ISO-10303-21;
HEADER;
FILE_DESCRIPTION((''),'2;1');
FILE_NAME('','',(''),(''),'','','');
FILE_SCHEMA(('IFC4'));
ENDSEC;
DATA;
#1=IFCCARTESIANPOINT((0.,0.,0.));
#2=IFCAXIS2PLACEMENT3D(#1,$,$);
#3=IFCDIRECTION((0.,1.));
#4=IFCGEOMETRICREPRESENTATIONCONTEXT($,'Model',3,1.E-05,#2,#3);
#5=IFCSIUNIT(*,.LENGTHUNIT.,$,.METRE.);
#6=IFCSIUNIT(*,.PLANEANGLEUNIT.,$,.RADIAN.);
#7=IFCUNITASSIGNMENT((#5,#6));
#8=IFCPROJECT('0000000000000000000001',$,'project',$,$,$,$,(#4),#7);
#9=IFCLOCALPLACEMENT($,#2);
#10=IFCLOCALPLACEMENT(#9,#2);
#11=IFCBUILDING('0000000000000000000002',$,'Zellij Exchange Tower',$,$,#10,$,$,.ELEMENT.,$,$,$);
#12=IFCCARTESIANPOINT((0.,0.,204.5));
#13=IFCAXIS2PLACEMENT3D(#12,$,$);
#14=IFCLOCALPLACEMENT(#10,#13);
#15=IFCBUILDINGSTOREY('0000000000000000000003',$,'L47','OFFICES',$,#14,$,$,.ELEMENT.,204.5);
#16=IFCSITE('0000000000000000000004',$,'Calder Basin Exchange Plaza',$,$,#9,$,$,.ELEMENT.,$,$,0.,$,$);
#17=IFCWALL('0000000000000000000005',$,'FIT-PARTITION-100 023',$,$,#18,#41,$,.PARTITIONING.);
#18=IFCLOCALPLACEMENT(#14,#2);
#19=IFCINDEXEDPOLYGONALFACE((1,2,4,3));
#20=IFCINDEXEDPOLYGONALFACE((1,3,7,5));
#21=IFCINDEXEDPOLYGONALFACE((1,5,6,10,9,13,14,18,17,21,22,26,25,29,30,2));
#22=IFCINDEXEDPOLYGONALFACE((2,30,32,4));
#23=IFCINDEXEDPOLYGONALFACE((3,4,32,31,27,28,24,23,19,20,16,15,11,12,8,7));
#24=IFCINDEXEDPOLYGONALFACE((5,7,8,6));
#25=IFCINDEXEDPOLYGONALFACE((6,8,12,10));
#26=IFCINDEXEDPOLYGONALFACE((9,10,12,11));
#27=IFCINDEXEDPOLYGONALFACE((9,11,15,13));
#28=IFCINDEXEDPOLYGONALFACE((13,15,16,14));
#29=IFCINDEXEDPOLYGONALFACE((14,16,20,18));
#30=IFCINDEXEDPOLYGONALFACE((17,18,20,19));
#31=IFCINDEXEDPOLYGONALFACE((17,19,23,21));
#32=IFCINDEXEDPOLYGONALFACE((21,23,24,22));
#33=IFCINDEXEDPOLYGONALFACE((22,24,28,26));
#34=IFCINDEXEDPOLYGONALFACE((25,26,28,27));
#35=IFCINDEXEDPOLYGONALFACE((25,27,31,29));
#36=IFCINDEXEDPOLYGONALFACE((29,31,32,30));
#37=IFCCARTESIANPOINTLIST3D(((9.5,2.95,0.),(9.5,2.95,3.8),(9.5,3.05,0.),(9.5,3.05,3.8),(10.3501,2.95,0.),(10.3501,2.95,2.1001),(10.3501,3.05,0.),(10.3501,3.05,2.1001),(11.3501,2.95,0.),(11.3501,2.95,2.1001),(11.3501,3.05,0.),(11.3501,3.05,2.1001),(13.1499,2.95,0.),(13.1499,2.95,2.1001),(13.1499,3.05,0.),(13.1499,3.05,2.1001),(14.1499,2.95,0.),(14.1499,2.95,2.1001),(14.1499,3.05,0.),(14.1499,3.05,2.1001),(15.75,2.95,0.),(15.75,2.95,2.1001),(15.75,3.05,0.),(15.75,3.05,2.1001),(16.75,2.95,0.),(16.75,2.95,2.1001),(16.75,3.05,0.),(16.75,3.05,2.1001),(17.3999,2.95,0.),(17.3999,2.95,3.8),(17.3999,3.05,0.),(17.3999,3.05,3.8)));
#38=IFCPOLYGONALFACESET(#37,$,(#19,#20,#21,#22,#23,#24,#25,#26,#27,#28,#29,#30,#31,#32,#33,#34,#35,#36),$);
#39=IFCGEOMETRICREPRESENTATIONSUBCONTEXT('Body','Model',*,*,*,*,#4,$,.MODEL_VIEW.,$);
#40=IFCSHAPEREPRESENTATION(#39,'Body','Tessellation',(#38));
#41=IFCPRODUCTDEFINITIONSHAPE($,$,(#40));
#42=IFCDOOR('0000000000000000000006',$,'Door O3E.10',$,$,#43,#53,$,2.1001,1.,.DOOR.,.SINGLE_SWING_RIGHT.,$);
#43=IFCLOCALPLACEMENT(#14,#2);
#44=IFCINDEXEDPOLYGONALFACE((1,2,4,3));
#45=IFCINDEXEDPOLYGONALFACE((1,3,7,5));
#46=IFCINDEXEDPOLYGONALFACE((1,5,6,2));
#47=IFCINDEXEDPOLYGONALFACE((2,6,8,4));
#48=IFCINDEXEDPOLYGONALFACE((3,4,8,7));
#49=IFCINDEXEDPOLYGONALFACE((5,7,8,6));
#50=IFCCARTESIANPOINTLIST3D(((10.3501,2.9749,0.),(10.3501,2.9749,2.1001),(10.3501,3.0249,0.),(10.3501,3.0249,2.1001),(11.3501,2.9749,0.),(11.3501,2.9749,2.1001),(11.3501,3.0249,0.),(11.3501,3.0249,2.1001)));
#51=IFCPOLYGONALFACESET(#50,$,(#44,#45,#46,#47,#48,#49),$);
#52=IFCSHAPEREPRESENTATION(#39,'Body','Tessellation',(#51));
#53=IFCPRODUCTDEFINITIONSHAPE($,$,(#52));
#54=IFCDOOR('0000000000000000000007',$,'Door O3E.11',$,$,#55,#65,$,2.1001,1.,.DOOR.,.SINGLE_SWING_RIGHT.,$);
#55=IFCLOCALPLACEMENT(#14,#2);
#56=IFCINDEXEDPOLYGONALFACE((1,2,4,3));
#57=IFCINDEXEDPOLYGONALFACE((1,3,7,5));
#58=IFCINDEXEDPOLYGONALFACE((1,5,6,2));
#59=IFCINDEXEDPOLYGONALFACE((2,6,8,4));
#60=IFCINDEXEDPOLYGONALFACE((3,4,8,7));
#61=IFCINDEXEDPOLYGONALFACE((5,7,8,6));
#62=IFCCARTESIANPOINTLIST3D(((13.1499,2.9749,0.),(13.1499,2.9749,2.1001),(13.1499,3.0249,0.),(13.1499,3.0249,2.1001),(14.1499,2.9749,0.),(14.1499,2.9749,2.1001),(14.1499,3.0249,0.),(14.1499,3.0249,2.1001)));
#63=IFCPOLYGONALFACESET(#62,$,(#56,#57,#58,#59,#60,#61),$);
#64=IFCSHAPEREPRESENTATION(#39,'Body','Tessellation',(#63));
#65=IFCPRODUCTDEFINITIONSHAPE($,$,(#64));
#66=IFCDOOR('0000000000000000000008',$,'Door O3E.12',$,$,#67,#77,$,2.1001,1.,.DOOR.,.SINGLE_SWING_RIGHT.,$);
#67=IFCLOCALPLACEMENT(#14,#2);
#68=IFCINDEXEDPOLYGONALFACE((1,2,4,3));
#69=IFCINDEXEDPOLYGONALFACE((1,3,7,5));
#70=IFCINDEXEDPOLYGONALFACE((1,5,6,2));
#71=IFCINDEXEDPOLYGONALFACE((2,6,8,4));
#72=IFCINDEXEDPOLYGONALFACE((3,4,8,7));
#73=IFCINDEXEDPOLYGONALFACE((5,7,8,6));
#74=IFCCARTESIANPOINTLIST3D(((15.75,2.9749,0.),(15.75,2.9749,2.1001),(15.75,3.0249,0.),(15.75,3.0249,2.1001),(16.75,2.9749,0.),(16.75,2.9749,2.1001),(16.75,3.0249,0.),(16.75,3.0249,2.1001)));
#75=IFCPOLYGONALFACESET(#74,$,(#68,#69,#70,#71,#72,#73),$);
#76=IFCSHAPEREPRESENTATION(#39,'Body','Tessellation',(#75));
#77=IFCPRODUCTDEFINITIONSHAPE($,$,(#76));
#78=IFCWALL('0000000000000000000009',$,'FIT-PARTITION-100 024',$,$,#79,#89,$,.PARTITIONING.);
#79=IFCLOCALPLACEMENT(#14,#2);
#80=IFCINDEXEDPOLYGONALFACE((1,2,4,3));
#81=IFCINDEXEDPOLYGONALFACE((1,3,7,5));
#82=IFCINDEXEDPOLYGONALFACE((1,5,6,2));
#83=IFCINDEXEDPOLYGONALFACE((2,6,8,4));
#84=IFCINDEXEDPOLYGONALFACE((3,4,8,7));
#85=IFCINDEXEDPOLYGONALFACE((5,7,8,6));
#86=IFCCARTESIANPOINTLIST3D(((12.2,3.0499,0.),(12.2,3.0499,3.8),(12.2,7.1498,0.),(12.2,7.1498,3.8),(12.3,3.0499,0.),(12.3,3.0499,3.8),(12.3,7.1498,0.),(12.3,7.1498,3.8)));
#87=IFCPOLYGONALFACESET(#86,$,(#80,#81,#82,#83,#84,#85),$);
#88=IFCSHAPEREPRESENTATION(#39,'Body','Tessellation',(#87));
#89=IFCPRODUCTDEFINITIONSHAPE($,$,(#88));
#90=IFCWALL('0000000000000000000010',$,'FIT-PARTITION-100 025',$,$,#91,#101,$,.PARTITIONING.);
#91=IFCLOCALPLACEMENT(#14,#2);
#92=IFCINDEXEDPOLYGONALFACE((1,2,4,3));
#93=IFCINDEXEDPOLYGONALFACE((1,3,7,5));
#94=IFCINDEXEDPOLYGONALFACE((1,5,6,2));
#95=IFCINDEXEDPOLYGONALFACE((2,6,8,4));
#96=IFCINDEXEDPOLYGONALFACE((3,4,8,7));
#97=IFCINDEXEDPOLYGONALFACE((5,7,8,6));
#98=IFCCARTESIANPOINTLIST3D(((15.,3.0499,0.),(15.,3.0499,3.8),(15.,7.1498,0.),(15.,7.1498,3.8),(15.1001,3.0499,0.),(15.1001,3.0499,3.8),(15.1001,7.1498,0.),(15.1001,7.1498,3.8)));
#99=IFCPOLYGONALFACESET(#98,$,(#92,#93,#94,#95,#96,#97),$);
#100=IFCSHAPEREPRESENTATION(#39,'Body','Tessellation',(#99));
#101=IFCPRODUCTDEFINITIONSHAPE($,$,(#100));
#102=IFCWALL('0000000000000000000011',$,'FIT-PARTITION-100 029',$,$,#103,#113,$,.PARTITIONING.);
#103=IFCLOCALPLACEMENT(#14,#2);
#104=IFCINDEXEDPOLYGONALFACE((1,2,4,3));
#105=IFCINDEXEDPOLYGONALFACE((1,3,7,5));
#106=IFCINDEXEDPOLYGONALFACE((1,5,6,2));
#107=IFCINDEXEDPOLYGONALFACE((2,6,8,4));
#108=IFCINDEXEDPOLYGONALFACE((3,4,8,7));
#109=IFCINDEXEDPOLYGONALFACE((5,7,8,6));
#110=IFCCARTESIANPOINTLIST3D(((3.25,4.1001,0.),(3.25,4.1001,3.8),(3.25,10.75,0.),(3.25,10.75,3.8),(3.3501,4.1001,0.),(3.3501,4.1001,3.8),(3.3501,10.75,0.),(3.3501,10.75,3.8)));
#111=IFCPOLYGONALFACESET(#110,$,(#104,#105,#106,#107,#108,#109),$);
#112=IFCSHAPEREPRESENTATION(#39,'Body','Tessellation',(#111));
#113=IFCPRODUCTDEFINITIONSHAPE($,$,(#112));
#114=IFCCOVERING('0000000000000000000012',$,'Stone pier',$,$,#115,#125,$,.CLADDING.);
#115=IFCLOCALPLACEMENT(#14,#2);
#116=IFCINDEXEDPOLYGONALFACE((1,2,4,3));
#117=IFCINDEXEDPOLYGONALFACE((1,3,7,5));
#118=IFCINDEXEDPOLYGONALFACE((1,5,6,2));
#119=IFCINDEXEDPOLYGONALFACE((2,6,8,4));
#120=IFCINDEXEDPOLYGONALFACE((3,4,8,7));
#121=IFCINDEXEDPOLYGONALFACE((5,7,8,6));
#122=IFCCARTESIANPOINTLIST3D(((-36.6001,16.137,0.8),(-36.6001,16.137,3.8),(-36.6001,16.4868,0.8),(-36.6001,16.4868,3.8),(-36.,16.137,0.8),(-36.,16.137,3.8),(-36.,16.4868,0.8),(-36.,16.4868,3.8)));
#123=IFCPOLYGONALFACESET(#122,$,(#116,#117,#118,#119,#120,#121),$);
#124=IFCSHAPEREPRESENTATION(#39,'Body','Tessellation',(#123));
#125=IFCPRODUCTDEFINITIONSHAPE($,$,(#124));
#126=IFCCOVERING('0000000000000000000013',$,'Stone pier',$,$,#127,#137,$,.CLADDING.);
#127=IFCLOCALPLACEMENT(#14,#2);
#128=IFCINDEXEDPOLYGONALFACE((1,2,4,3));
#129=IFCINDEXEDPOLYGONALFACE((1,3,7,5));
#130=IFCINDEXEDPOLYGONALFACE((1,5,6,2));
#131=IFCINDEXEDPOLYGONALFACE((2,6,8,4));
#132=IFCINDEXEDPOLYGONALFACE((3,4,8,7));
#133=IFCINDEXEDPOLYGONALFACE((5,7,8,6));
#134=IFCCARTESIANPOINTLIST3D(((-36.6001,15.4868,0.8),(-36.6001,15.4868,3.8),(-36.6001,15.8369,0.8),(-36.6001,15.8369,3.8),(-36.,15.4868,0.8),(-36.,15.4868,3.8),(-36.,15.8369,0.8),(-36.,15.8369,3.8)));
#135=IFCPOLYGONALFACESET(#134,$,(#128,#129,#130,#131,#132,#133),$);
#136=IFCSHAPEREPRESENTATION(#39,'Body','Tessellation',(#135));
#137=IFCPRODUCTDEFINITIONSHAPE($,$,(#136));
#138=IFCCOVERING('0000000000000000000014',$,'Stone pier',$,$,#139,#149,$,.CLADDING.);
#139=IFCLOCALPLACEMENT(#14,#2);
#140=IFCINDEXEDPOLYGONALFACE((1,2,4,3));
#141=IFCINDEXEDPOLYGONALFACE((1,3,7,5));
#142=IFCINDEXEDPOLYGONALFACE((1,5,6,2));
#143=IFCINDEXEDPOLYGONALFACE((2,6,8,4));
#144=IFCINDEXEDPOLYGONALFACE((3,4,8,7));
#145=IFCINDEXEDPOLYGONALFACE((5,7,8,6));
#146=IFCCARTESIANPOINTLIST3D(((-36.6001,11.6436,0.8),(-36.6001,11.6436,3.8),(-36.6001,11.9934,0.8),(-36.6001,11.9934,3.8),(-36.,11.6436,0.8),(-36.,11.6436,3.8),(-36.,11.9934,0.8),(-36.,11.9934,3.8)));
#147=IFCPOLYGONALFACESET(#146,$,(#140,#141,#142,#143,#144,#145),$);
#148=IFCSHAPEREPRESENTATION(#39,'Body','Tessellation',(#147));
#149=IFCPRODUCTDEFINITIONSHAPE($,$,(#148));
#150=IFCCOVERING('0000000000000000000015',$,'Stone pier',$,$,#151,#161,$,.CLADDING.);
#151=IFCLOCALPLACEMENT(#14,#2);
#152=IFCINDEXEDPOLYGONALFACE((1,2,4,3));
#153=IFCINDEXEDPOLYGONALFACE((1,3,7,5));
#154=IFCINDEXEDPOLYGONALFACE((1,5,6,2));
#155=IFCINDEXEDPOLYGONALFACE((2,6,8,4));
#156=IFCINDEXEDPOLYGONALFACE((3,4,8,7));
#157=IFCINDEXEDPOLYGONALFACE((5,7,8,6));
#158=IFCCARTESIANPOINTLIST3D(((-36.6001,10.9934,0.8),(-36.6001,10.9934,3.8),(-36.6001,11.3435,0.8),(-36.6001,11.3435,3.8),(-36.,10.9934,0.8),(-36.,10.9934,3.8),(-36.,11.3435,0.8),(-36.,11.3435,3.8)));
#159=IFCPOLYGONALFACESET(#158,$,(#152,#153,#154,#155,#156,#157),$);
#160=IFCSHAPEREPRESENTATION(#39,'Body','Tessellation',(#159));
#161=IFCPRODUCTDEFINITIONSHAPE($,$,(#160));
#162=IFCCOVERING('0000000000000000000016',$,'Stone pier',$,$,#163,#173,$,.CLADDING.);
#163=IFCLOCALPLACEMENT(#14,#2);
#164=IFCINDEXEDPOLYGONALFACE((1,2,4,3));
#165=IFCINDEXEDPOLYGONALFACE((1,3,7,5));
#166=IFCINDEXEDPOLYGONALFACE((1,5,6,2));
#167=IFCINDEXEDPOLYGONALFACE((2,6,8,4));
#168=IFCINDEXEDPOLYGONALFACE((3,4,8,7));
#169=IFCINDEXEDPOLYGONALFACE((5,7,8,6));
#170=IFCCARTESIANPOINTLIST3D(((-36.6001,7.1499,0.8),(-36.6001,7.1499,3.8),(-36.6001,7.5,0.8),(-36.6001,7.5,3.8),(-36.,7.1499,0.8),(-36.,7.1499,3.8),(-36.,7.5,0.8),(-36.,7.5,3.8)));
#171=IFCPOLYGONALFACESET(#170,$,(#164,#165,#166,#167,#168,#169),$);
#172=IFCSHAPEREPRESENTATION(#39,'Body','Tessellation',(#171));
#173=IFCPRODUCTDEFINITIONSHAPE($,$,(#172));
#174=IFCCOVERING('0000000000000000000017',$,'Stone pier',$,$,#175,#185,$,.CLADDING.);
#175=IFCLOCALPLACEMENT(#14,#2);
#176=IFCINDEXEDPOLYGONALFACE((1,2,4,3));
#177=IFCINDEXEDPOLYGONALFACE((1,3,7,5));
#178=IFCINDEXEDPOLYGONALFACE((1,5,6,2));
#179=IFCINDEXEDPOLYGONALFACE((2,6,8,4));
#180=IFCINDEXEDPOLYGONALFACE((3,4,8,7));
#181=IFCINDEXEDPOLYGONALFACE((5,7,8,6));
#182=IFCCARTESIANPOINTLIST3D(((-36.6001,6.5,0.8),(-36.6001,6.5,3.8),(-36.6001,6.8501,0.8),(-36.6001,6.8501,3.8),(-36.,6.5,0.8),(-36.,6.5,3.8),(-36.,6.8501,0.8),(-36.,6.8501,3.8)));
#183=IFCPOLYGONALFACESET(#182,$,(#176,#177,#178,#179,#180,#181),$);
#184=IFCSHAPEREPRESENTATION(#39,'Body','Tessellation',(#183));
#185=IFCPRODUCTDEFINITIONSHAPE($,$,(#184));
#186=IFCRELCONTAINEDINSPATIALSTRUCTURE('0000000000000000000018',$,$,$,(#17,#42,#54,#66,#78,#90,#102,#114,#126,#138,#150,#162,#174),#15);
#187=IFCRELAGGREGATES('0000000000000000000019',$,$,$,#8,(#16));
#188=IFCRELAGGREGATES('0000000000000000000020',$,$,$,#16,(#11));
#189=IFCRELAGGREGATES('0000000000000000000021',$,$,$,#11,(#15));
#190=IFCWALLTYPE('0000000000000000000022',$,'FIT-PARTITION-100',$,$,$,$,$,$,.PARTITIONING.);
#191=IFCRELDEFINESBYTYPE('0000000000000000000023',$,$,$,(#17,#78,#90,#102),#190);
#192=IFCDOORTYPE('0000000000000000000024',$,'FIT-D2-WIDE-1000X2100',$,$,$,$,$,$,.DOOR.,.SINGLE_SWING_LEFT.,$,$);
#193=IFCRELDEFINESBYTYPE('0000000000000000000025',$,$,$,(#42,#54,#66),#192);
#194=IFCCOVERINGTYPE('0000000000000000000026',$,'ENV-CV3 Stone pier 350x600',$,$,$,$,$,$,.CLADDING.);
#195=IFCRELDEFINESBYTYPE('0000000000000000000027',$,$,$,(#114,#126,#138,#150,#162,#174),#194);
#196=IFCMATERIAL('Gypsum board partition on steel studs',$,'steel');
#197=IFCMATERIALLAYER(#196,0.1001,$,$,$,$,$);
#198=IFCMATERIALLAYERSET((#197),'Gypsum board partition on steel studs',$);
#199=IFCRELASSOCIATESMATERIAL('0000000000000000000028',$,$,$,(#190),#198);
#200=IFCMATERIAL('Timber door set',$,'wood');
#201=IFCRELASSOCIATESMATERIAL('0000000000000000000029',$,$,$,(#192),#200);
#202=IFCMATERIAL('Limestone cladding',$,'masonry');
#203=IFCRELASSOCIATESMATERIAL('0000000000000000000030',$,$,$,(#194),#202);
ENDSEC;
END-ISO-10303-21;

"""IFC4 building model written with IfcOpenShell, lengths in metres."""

from ifc_helpers import new_model, si_unit, direction, frame, frame_2d, origin, place, context, subcontext, project, spatial, polyline, rectangle, outline, extrude, material, layer, layer_set, type_object, element, fill, save


model = new_model("IFC4")

# Units and contexts
model_context = context("Model", 3, precision=1e-05, world=origin(), true_north=direction((0.0, 1.0)))
body_context = subcontext(model_context, "Body", "Model", "MODEL_VIEW")
ifc_project = project(units=[si_unit("LENGTHUNIT", "METRE"), si_unit("PLANEANGLEUNIT", "RADIAN")], contexts=[model_context])

# Site, building, storey
site_placement = place(None, origin())
site = spatial("IfcSite", under=ifc_project, at=site_placement, Name="Calder Basin Exchange Plaza", CompositionType="ELEMENT", RefElevation=0.0)
building_placement = place(site_placement, origin())
building = spatial("IfcBuilding", under=site, at=building_placement, Name="Zellij Exchange Tower", CompositionType="ELEMENT")
storey_placement = place(building_placement, frame((0.0, 0.0, 204.5)))
storey = spatial("IfcBuildingStorey", under=building, at=storey_placement, Name="L47", Description="OFFICES", CompositionType="ELEMENT", Elevation=204.5)

# Shared definitions
ifc_material_1 = material(Name="Gypsum board partition on steel studs", Category="steel")
ifc_layer_1 = layer(ifc_material_1, 0.1001)
ifc_layer_set_1 = layer_set([ifc_layer_1], Name="Gypsum board partition on steel studs")
wall_type_1 = type_object("IfcWallType", Name="FIT-PARTITION-100", PredefinedType="PARTITIONING", material=ifc_layer_set_1)
ifc_material_2 = material(Name="Timber door set", Category="wood")
door_type = type_object("IfcDoorType", Name="FIT-D2-WIDE-1000X2100", OperationType="SINGLE_SWING_LEFT", PredefinedType="DOOR", material=ifc_material_2)

# Wall, openings, doors
wall_1_placement = place(storey_placement, frame((9.5, 3.0, 0.0), z_axis=(0.0, 0.0, 1.0), x_axis=(1.0, 0.0, 0.0)))
wall_1 = element("IfcWall", 1, at=wall_1_placement, inside=storey, type_object=wall_type_1, Name="FIT-PARTITION-100 023", PredefinedType="PARTITIONING", context=body_context, shape_type="SweptSolid", body=[
    extrude(rectangle(XDim=7.8999, YDim=0.1001, at=frame_2d((3.95, 0.0))), origin(), (0.0, 0.0, 1.0), 3.8),
])
opening_1_placement = place(wall_1_placement, frame((0.8501, 0.0, 0.0)))
opening_1 = element("IfcOpeningElement", 2, at=opening_1_placement, cuts=wall_1, PredefinedType="OPENING", context=body_context, shape_type="SweptSolid", body=[
    extrude(rectangle(XDim=1.0, YDim=2.1001, at=frame_2d((0.5, 1.05))), frame((0.0, 0.062, 0.0), z_axis=(0.0, -1.0, 0.0), x_axis=(1.0, 0.0, 0.0)), (0.0, 0.0, 1.0), 0.124),
])
opening_2_placement = place(wall_1_placement, frame((3.6499, 0.0, 0.0)))
opening_2 = element("IfcOpeningElement", 3, at=opening_2_placement, cuts=wall_1, PredefinedType="OPENING", context=body_context, shape_type="SweptSolid", body=[
    extrude(rectangle(XDim=1.0, YDim=2.1001, at=frame_2d((0.5, 1.05))), frame((0.0, 0.062, 0.0), z_axis=(0.0, -1.0, 0.0), x_axis=(1.0, 0.0, 0.0)), (0.0, 0.0, 1.0), 0.124),
])
opening_3_placement = place(wall_1_placement, frame((6.25, 0.0, 0.0)))
opening_3 = element("IfcOpeningElement", 4, at=opening_3_placement, cuts=wall_1, PredefinedType="OPENING", context=body_context, shape_type="SweptSolid", body=[
    extrude(rectangle(XDim=1.0, YDim=2.1001, at=frame_2d((0.5, 1.05))), frame((0.0, 0.062, 0.0), z_axis=(0.0, -1.0, 0.0), x_axis=(1.0, 0.0, 0.0)), (0.0, 0.0, 1.0), 0.124),
])
door_1_placement = place(opening_1_placement, origin())
door_1 = element("IfcDoor", 5, at=door_1_placement, inside=storey, type_object=door_type, Name="Door O3E.10", OperationType="SINGLE_SWING_RIGHT", OverallHeight=2.1001, OverallWidth=1.0, PredefinedType="DOOR", context=body_context, shape_type="SweptSolid", body=[
    extrude(rectangle(XDim=1.0, YDim=2.1001, at=frame_2d((0.5, 1.05))), frame((0.0, 0.0249, 0.0), z_axis=(0.0, -1.0, 0.0), x_axis=(1.0, 0.0, 0.0)), (0.0, 0.0, 1.0), 0.05),
])
fill(opening_1, door_1)
door_2_placement = place(opening_2_placement, origin())
door_2 = element("IfcDoor", 6, at=door_2_placement, inside=storey, type_object=door_type, Name="Door O3E.11", OperationType="SINGLE_SWING_RIGHT", OverallHeight=2.1001, OverallWidth=1.0, PredefinedType="DOOR", context=body_context, shape_type="SweptSolid", body=[
    extrude(rectangle(XDim=1.0, YDim=2.1001, at=frame_2d((0.5, 1.05))), frame((0.0, 0.0249, 0.0), z_axis=(0.0, -1.0, 0.0), x_axis=(1.0, 0.0, 0.0)), (0.0, 0.0, 1.0), 0.05),
])
fill(opening_2, door_2)
door_3_placement = place(opening_3_placement, origin())
door_3 = element("IfcDoor", 7, at=door_3_placement, inside=storey, type_object=door_type, Name="Door O3E.12", OperationType="SINGLE_SWING_RIGHT", OverallHeight=2.1001, OverallWidth=1.0, PredefinedType="DOOR", context=body_context, shape_type="SweptSolid", body=[
    extrude(rectangle(XDim=1.0, YDim=2.1001, at=frame_2d((0.5, 1.05))), frame((0.0, 0.0249, 0.0), z_axis=(0.0, -1.0, 0.0), x_axis=(1.0, 0.0, 0.0)), (0.0, 0.0, 1.0), 0.05),
])
fill(opening_3, door_3)

# Walls
for number, where, z_axis, x_axis, name in (
    (8, (12.25, 3.05, 0.0), (0.0, 0.0, 1.0), (0.0, 1.0, 0.0), "FIT-PARTITION-100 024"),
    (9, (15.05, 3.05, 0.0), (0.0, 0.0, 1.0), (0.0, 1.0, 0.0), "FIT-PARTITION-100 025"),
):
    element("IfcWall", number, at=place(storey_placement, frame(where, z_axis=z_axis, x_axis=x_axis)), inside=storey, type_object=wall_type_1, Name=name, PredefinedType="PARTITIONING", context=body_context, shape_type="SweptSolid", body=[
        extrude(rectangle(XDim=4.0999, YDim=0.1001, at=frame_2d((2.0498, 0.0))), origin(), (0.0, 0.0, 1.0), 3.8),
    ])
wall_2_placement = place(storey_placement, frame((3.3, 4.1001, 0.0), z_axis=(0.0, 0.0, 1.0), x_axis=(0.0, 1.0, 0.0)))
element("IfcWall", 10, at=wall_2_placement, inside=storey, type_object=wall_type_1, Name="FIT-PARTITION-100 029", PredefinedType="PARTITIONING", context=body_context, shape_type="SweptSolid", body=[
    extrude(rectangle(XDim=6.6499, YDim=0.1001, at=frame_2d((3.325, 0.0))), origin(), (0.0, 0.0, 1.0), 3.8),
])

# Coverings
ifc_material_3 = material(Name="Limestone cladding", Category="masonry")
covering_type_1 = type_object("IfcCoveringType", Name="ENV-CV3 Stone pier 350x600", PredefinedType="CLADDING", material=ifc_material_3)
covering_1_placement = place(storey_placement, frame((0.0, 0.0, 0.8)))
element("IfcCovering", 11, at=covering_1_placement, inside=storey, type_object=covering_type_1, Name="Stone pier", PredefinedType="CLADDING", context=body_context, shape_type="SweptSolid", body=[
    extrude(outline(polyline([(-36.0, 16.4868), (-36.0, 16.137), (-36.6001, 16.137), (-36.6001, 16.4868), (-36.0, 16.4868)])), origin(), (0.0, 0.0, 1.0), 3.0),
])
covering_2_placement = place(storey_placement, frame((0.0, 0.0, 0.8)))
element("IfcCovering", 12, at=covering_2_placement, inside=storey, type_object=covering_type_1, Name="Stone pier", PredefinedType="CLADDING", context=body_context, shape_type="SweptSolid", body=[
    extrude(outline(polyline([(-36.0, 15.8369), (-36.0, 15.4868), (-36.6001, 15.4868), (-36.6001, 15.8369), (-36.0, 15.8369)])), origin(), (0.0, 0.0, 1.0), 3.0),
])
covering_3_placement = place(storey_placement, frame((0.0, 0.0, 0.8)))
element("IfcCovering", 13, at=covering_3_placement, inside=storey, type_object=covering_type_1, Name="Stone pier", PredefinedType="CLADDING", context=body_context, shape_type="SweptSolid", body=[
    extrude(outline(polyline([(-36.0, 11.9934), (-36.0, 11.6436), (-36.6001, 11.6436), (-36.6001, 11.9934), (-36.0, 11.9934)])), origin(), (0.0, 0.0, 1.0), 3.0),
])
covering_4_placement = place(storey_placement, frame((0.0, 0.0, 0.8)))
element("IfcCovering", 14, at=covering_4_placement, inside=storey, type_object=covering_type_1, Name="Stone pier", PredefinedType="CLADDING", context=body_context, shape_type="SweptSolid", body=[
    extrude(outline(polyline([(-36.0, 11.3435), (-36.0, 10.9934), (-36.6001, 10.9934), (-36.6001, 11.3435), (-36.0, 11.3435)])), origin(), (0.0, 0.0, 1.0), 3.0),
])
covering_5_placement = place(storey_placement, frame((0.0, 0.0, 0.8)))
element("IfcCovering", 15, at=covering_5_placement, inside=storey, type_object=covering_type_1, Name="Stone pier", PredefinedType="CLADDING", context=body_context, shape_type="SweptSolid", body=[
    extrude(outline(polyline([(-36.0, 7.5), (-36.0, 7.1499), (-36.6001, 7.1499), (-36.6001, 7.5), (-36.0, 7.5)])), origin(), (0.0, 0.0, 1.0), 3.0),
])
covering_6_placement = place(storey_placement, frame((0.0, 0.0, 0.8)))
element("IfcCovering", 16, at=covering_6_placement, inside=storey, type_object=covering_type_1, Name="Stone pier", PredefinedType="CLADDING", context=body_context, shape_type="SweptSolid", body=[
    extrude(outline(polyline([(-36.0, 6.8501), (-36.0, 6.5), (-36.6001, 6.5), (-36.6001, 6.8501), (-36.0, 6.8501)])), origin(), (0.0, 0.0, 1.0), 3.0),
])

save(model, "model.ifc")
